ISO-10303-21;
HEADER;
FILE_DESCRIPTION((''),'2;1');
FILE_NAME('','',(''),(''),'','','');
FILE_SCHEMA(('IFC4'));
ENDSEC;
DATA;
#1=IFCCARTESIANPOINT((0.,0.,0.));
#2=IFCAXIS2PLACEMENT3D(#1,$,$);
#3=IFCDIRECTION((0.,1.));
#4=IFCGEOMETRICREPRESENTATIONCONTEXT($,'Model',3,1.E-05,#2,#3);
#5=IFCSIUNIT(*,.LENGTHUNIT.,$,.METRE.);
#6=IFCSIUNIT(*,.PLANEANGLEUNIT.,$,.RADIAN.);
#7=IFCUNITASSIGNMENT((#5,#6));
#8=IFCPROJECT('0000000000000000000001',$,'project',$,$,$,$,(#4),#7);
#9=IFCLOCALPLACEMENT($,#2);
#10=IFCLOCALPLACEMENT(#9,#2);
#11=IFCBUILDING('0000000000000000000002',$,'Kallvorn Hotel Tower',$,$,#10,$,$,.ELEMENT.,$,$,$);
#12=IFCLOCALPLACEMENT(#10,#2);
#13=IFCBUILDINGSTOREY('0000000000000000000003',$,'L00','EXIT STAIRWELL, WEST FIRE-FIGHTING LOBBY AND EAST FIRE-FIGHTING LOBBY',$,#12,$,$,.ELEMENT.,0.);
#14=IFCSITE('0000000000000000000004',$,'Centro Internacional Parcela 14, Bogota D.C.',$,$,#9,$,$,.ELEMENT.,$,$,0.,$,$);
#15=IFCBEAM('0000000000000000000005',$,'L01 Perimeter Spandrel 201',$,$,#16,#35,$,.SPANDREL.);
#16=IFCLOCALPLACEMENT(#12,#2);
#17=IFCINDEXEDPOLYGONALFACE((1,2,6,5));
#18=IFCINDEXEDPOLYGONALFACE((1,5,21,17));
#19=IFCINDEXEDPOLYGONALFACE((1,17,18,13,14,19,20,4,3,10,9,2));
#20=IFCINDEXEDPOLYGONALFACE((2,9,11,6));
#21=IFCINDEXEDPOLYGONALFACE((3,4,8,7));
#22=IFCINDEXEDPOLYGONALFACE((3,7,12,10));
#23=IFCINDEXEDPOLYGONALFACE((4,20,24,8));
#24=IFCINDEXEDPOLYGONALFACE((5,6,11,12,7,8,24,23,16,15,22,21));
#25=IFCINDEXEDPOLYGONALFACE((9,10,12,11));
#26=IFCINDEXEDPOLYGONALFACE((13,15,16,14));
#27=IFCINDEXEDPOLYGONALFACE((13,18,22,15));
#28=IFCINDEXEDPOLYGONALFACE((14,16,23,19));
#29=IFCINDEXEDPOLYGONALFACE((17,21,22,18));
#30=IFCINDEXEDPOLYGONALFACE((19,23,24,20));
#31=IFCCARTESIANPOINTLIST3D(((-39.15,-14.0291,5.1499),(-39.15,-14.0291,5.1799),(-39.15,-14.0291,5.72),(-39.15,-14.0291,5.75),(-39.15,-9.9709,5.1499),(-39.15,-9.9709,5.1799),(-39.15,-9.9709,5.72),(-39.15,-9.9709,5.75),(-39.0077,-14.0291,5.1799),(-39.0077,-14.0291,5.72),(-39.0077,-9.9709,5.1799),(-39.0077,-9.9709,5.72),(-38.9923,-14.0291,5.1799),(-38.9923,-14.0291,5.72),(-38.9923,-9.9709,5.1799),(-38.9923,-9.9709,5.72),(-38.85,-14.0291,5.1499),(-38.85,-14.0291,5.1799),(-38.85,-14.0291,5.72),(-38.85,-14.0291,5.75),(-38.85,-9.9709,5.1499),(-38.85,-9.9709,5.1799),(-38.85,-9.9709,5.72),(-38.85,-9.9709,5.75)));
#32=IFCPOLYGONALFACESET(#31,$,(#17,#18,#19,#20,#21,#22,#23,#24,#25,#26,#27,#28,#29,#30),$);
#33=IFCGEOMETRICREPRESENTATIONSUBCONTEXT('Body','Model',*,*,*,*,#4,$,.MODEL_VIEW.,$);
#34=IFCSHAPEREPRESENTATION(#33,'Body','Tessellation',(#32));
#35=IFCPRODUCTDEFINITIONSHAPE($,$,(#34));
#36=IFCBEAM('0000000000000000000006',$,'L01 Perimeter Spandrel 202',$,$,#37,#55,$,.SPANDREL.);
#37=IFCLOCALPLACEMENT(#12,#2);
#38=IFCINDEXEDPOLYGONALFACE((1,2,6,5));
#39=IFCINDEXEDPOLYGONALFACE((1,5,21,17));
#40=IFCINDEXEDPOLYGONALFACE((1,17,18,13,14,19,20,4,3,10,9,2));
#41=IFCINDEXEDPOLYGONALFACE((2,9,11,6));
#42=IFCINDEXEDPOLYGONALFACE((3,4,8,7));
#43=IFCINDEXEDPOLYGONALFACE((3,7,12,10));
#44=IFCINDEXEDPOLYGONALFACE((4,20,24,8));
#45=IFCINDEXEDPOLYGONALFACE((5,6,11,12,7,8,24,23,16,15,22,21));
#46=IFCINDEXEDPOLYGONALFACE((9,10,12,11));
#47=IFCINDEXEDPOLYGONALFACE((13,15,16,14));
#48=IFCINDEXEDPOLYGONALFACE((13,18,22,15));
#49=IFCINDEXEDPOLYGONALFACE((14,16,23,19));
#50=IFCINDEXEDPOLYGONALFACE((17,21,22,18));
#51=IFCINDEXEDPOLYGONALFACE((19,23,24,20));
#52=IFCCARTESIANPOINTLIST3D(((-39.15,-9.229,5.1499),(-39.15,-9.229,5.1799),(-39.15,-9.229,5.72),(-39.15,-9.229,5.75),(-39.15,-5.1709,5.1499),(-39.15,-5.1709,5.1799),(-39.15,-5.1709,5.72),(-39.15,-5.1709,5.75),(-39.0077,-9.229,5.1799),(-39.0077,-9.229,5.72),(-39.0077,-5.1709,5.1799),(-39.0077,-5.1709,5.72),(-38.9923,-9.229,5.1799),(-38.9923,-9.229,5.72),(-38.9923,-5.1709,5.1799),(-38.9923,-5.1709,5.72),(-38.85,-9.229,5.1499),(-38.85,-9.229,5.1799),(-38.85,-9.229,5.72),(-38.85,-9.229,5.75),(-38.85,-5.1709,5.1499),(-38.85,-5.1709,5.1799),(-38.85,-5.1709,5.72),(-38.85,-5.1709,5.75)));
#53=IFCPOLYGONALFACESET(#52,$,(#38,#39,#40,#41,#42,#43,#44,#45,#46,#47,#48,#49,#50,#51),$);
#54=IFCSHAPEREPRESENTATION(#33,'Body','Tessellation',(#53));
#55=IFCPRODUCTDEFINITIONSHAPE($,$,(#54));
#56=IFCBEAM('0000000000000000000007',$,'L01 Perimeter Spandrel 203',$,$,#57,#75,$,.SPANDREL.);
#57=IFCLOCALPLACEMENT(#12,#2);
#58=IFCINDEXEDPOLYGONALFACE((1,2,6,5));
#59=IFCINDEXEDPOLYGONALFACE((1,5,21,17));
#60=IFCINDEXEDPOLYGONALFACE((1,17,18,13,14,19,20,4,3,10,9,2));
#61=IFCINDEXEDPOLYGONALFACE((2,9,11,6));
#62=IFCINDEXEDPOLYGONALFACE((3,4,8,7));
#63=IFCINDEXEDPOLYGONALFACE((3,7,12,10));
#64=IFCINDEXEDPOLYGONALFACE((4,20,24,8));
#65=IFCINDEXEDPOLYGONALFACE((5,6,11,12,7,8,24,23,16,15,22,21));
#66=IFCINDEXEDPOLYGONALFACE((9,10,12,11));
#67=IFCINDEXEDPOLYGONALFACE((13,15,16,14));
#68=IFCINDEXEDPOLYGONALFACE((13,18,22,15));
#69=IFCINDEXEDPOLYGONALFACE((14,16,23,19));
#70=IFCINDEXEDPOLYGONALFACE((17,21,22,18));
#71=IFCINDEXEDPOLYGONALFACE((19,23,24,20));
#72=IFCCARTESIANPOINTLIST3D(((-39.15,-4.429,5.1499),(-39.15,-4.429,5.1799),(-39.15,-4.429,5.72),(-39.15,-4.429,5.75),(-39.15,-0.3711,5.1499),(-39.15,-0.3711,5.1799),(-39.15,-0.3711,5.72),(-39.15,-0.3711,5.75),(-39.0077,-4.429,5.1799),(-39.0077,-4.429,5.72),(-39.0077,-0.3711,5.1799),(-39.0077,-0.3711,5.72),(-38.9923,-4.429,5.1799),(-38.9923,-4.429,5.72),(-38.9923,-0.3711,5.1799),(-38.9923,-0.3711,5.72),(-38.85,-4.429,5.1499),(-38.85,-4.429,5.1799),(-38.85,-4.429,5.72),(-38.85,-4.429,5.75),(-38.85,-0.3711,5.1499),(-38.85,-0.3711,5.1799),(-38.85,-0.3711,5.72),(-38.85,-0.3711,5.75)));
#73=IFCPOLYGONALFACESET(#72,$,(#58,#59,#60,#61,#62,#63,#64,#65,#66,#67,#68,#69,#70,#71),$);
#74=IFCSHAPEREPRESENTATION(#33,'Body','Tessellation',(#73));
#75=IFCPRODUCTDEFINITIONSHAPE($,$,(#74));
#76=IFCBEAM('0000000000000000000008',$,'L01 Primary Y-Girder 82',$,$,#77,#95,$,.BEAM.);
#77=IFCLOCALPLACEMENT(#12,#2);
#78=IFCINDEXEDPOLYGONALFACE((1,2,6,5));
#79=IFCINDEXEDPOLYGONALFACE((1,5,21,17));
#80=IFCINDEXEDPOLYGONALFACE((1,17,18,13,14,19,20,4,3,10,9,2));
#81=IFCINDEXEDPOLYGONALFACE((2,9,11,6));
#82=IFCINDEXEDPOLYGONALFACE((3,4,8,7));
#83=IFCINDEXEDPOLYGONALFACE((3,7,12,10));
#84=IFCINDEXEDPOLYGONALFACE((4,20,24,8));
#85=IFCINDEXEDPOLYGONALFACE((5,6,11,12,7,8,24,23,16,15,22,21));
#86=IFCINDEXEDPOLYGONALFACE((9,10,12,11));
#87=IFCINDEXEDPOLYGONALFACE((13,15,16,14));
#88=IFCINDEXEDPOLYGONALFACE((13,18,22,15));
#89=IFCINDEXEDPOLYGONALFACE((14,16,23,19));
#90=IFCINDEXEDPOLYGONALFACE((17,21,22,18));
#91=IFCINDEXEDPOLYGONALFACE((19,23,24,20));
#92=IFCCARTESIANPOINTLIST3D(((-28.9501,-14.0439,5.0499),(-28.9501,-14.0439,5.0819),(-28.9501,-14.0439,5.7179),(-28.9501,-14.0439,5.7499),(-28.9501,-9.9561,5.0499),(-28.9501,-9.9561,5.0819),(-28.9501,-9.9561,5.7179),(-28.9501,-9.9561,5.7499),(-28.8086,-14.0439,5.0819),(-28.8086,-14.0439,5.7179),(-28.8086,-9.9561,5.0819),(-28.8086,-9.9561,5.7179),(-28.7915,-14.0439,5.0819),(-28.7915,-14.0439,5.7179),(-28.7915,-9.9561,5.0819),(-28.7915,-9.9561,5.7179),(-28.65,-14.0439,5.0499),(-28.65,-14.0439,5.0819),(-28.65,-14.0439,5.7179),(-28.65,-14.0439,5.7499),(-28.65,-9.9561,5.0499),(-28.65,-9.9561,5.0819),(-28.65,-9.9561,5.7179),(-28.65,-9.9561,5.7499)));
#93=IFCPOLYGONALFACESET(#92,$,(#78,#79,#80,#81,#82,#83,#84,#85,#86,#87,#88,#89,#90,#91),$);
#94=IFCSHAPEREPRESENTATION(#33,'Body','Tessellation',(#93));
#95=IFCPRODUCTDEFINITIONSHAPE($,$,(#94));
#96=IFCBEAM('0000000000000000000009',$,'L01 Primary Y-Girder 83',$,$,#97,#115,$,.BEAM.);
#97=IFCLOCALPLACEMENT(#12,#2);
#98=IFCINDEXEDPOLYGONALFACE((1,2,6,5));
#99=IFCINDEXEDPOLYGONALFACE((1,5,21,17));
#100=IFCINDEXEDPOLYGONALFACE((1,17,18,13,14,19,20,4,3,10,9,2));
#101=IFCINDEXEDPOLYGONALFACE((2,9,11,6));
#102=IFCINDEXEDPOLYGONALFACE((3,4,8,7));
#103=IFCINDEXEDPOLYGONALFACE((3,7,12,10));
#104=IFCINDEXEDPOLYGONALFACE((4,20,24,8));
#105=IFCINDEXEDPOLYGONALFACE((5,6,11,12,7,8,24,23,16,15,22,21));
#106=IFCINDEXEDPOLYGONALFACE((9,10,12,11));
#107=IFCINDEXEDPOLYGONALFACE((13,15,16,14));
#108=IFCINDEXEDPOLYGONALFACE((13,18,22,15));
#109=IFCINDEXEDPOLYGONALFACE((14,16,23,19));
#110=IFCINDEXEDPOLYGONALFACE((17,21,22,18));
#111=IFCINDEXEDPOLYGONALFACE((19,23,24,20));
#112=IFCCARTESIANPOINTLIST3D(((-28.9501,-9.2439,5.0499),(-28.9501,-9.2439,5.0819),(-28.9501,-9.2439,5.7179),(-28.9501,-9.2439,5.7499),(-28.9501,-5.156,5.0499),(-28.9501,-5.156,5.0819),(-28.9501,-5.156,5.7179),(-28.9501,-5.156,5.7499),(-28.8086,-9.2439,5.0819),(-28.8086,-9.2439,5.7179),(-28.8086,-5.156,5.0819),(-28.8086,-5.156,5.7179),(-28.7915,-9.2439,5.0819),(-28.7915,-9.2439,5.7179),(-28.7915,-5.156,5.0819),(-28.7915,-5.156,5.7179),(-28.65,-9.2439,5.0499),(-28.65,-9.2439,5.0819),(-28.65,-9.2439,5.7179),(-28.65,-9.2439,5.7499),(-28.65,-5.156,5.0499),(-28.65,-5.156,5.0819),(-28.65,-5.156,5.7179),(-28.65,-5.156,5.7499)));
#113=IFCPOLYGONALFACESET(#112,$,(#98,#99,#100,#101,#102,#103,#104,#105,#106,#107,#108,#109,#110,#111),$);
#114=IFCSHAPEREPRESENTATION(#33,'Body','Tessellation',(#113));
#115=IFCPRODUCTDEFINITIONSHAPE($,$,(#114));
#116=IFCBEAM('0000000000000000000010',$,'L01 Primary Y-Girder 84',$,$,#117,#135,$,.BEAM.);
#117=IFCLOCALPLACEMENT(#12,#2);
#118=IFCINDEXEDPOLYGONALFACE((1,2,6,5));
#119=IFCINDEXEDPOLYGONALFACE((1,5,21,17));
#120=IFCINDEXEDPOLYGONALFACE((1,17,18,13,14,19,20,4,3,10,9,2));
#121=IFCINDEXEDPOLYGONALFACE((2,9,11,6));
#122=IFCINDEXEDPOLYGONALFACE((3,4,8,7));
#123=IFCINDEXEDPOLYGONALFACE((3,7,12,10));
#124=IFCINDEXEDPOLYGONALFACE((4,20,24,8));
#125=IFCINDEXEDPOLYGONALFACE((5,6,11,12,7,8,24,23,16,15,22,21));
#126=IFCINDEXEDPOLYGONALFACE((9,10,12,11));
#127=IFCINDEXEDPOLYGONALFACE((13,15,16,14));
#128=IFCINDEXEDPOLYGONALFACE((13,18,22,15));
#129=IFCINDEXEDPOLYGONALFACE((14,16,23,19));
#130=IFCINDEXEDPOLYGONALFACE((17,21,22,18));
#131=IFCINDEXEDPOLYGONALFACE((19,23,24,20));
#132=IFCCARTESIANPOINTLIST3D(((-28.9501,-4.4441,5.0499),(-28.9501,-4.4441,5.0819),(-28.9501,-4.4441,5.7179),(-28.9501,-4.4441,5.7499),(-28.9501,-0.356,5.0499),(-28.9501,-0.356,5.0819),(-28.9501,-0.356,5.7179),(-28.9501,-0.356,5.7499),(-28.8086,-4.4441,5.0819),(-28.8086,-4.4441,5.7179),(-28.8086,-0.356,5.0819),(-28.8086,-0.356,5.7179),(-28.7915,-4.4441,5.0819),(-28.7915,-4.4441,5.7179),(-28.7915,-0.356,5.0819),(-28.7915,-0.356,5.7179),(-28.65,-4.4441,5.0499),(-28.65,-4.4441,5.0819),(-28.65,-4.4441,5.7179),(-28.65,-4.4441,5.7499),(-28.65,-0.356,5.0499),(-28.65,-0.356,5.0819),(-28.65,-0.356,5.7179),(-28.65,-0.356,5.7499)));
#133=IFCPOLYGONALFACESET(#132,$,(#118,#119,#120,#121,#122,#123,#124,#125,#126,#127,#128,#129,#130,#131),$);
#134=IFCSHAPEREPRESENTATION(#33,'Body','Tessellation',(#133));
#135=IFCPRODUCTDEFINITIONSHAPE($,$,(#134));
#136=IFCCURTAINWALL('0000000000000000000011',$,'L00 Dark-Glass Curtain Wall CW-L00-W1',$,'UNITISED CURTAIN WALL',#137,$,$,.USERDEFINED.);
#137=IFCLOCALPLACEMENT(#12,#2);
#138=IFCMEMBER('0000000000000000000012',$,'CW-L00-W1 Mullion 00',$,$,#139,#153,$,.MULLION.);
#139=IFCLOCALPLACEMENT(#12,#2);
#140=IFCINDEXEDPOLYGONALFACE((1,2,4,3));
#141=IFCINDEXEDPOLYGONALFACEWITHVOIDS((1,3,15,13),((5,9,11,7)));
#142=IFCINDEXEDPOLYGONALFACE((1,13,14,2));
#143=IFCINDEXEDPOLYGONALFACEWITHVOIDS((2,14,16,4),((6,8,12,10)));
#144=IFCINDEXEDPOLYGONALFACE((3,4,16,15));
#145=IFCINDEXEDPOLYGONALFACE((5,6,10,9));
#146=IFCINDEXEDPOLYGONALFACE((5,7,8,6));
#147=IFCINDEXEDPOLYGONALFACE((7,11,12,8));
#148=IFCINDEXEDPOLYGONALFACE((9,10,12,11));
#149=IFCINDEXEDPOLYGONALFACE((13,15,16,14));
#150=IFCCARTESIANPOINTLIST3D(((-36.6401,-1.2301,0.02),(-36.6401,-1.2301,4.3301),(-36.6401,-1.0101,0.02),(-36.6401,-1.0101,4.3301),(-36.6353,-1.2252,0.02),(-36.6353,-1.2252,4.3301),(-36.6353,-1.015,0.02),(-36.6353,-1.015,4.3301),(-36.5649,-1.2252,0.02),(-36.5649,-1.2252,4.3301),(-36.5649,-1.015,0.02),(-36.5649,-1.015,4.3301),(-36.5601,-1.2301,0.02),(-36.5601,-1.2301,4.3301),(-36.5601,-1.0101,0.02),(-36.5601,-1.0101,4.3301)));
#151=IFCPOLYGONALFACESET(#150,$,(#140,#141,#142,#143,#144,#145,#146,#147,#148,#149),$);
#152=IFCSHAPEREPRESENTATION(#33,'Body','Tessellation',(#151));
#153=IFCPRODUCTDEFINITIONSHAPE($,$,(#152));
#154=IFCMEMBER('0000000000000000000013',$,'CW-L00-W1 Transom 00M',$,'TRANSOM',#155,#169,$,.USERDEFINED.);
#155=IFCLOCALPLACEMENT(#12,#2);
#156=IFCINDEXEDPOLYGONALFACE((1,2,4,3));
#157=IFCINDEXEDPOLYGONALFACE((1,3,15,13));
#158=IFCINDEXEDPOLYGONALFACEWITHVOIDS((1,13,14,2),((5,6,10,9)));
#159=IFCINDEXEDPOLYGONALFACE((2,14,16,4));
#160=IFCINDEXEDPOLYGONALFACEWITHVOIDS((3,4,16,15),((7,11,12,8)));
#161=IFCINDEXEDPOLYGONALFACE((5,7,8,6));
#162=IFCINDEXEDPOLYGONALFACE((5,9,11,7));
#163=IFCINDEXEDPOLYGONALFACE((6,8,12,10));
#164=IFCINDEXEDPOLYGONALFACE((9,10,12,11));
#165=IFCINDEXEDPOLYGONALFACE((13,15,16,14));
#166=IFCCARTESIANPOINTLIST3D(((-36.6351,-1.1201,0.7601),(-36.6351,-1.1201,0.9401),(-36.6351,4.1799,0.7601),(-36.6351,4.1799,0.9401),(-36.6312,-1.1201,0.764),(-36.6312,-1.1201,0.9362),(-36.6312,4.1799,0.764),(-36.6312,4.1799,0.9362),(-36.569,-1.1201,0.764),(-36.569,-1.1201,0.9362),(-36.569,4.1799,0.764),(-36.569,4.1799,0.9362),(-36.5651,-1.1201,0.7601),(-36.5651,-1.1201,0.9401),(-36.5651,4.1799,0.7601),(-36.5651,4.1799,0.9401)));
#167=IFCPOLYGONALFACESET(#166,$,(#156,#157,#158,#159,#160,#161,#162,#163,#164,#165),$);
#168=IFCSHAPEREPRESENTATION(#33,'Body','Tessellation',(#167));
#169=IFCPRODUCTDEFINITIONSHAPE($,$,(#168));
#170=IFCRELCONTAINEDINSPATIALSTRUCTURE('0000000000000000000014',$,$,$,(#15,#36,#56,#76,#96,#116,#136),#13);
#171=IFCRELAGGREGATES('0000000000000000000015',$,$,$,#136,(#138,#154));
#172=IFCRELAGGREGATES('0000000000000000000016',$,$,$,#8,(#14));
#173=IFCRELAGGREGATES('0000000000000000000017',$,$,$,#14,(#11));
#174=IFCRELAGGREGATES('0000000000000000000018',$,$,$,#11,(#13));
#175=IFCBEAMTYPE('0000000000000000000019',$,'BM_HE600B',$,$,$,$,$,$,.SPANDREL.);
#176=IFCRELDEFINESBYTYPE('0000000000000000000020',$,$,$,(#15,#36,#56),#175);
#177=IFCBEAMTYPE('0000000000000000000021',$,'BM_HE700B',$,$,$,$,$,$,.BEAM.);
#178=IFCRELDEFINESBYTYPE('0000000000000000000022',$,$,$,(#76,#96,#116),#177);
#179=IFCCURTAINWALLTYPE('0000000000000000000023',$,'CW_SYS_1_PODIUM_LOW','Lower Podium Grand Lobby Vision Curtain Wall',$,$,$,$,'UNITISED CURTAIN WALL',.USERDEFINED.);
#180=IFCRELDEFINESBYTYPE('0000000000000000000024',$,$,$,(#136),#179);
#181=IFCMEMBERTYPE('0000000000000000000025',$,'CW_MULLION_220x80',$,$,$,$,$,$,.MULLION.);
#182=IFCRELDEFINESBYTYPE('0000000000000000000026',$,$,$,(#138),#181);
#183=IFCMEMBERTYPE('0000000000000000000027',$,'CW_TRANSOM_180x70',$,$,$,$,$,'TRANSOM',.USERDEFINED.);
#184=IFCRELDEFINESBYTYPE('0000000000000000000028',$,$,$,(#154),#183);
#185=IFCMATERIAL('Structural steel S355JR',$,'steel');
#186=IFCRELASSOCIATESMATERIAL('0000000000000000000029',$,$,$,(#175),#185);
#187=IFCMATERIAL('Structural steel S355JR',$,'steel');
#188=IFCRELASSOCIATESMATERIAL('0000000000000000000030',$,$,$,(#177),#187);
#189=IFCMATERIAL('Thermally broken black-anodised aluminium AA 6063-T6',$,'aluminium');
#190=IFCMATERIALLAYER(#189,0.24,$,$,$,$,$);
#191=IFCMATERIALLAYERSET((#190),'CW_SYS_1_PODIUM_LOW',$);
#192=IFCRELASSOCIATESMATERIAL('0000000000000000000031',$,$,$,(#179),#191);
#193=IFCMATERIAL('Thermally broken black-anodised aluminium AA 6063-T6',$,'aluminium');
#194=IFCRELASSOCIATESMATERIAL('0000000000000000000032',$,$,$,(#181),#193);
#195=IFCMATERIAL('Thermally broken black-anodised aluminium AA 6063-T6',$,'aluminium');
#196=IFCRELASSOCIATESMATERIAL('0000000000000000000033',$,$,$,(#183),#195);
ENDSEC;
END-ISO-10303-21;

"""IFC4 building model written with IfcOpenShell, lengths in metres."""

from ifc_helpers import new_model, si_unit, direction, frame, origin, origin_2d, place, context, subcontext, project, spatial, hollow_rectangle, i_section, extrude, material, layer, layer_set, material_profile, profile_set, type_object, element, aggregate, save


model = new_model("IFC4")

# Units and contexts
model_context = context("Model", 3, precision=1e-05, world=origin(), true_north=direction((0.0, 1.0)))
body_context = subcontext(model_context, "Body", "Model", "MODEL_VIEW")
ifc_project = project(units=[si_unit("LENGTHUNIT", "METRE"), si_unit("PLANEANGLEUNIT", "RADIAN")], contexts=[model_context])

# Site, building, storey
site_placement = place(None, origin())
site = spatial("IfcSite", under=ifc_project, at=site_placement, Name="Centro Internacional Parcela 14, Bogota D.C.", CompositionType="ELEMENT", RefElevation=0.0)
building_placement = place(site_placement, origin())
building = spatial("IfcBuilding", under=site, at=building_placement, Name="Kallvorn Hotel Tower", CompositionType="ELEMENT")
storey_placement = place(building_placement, origin())
storey = spatial("IfcBuildingStorey", under=building, at=storey_placement, Name="L00", Description="EXIT STAIRWELL, WEST FIRE-FIGHTING LOBBY AND EAST FIRE-FIGHTING LOBBY", CompositionType="ELEMENT", Elevation=0.0)

# Beams
ifc_material_1 = material(Name="Structural steel S355JR", Category="steel")
ifc_material_profile_1 = material_profile(ifc_material_1, i_section(OverallWidth=0.3, OverallDepth=0.6001, WebThickness=0.0154, FlangeThickness=0.03, at=origin_2d()), Name="HE 600 B")
ifc_profile_set_1 = profile_set([ifc_material_profile_1], Name="Structural steel S355JR")
beam_type_1 = type_object("IfcBeamType", Name="BM_HE600B", PredefinedType="SPANDREL", material=ifc_profile_set_1)
for number, where, z_axis, x_axis, name in (
    (1, (-39.0, -14.0291, 5.45), (0.0, 1.0, 0.0), (-1.0, 0.0, 0.0), "L01 Perimeter Spandrel 201"),
    (2, (-39.0, -9.229, 5.45), (0.0, 1.0, 0.0), (-1.0, 0.0, 0.0), "L01 Perimeter Spandrel 202"),
):
    element("IfcBeam", number, at=place(storey_placement, frame(where, z_axis=z_axis, x_axis=x_axis)), inside=storey, type_object=beam_type_1, Name=name, PredefinedType="SPANDREL", context=body_context, shape_type="SweptSolid", body=[
        extrude(i_section(OverallWidth=0.3, OverallDepth=0.6001, WebThickness=0.0154, FlangeThickness=0.03, at=origin_2d()), origin(), (0.0, 0.0, 1.0), 4.0581),
    ])
beam_1_placement = place(storey_placement, frame((-39.0, -4.429, 5.45), z_axis=(0.0, 1.0, 0.0), x_axis=(-1.0, 0.0, 0.0)))
element("IfcBeam", 3, at=beam_1_placement, inside=storey, type_object=beam_type_1, Name="L01 Perimeter Spandrel 203", PredefinedType="SPANDREL", context=body_context, shape_type="SweptSolid", body=[
    extrude(i_section(OverallWidth=0.3, OverallDepth=0.6001, WebThickness=0.0154, FlangeThickness=0.03, at=origin_2d()), origin(), (0.0, 0.0, 1.0), 4.0579),
])
ifc_material_2 = material(Name="Structural steel S355JR", Category="steel")
ifc_material_profile_2 = material_profile(ifc_material_2, i_section(OverallWidth=0.3, OverallDepth=0.7, WebThickness=0.0171, FlangeThickness=0.032, at=origin_2d()), Name="HE 700 B")
ifc_profile_set_2 = profile_set([ifc_material_profile_2], Name="Structural steel S355JR")
beam_type_2 = type_object("IfcBeamType", Name="BM_HE700B", PredefinedType="BEAM", material=ifc_profile_set_2)
for number, where, z_axis, x_axis, name in (
    (4, (-28.8, -14.0439, 5.3999), (0.0, 1.0, 0.0), (-1.0, 0.0, 0.0), "L01 Primary Y-Girder 82"),
    (5, (-28.8, -9.2439, 5.3999), (0.0, 1.0, 0.0), (-1.0, 0.0, 0.0), "L01 Primary Y-Girder 83"),
):
    element("IfcBeam", number, at=place(storey_placement, frame(where, z_axis=z_axis, x_axis=x_axis)), inside=storey, type_object=beam_type_2, Name=name, PredefinedType="BEAM", context=body_context, shape_type="SweptSolid", body=[
        extrude(i_section(OverallWidth=0.3, OverallDepth=0.7, WebThickness=0.0171, FlangeThickness=0.032, at=origin_2d()), origin(), (0.0, 0.0, 1.0), 4.0879),
    ])
beam_2_placement = place(storey_placement, frame((-28.8, -4.4441, 5.3999), z_axis=(0.0, 1.0, 0.0), x_axis=(-1.0, 0.0, 0.0)))
element("IfcBeam", 6, at=beam_2_placement, inside=storey, type_object=beam_type_2, Name="L01 Primary Y-Girder 84", PredefinedType="BEAM", context=body_context, shape_type="SweptSolid", body=[
    extrude(i_section(OverallWidth=0.3, OverallDepth=0.7, WebThickness=0.0171, FlangeThickness=0.032, at=origin_2d()), origin(), (0.0, 0.0, 1.0), 4.0881),
])

# Curtain wall, members
ifc_material_3 = material(Name="Thermally broken black-anodised aluminium AA 6063-T6", Category="aluminium")
ifc_layer_1 = layer(ifc_material_3, 0.24)
ifc_layer_set_1 = layer_set([ifc_layer_1], Name="CW_SYS_1_PODIUM_LOW")
curtain_wall_type = type_object("IfcCurtainWallType", Name="CW_SYS_1_PODIUM_LOW", Description="Lower Podium Grand Lobby Vision Curtain Wall", ElementType="UNITISED CURTAIN WALL", PredefinedType="USERDEFINED", material=ifc_layer_set_1)
curtain_wall_placement = place(storey_placement, origin())
curtain_wall = element("IfcCurtainWall", 7, at=curtain_wall_placement, inside=storey, type_object=curtain_wall_type, Name="L00 Dark-Glass Curtain Wall CW-L00-W1", ObjectType="UNITISED CURTAIN WALL", PredefinedType="USERDEFINED")
ifc_material_4 = material(Name="Thermally broken black-anodised aluminium AA 6063-T6", Category="aluminium")
ifc_material_profile_3 = material_profile(ifc_material_4, hollow_rectangle(XDim=0.0801, YDim=0.22, WallThickness=0.0049, at=origin_2d()), Name="MUL 220x80")
ifc_profile_set_3 = profile_set([ifc_material_profile_3], Name="Thermally broken black-anodised aluminium AA 6063-T6")
member_type_1 = type_object("IfcMemberType", Name="CW_MULLION_220x80", PredefinedType="MULLION", material=ifc_profile_set_3)
member_1_placement = place(storey_placement, frame((-36.6001, -1.1201, 0.02), z_axis=(0.0, 0.0, 1.0), x_axis=(1.0, 0.0, 0.0)))
member_1 = element("IfcMember", 8, at=member_1_placement, type_object=member_type_1, Name="CW-L00-W1 Mullion 00", PredefinedType="MULLION", context=body_context, shape_type="SweptSolid", body=[
    extrude(hollow_rectangle(XDim=0.0801, YDim=0.22, WallThickness=0.0049, at=origin_2d()), origin(), (0.0, 0.0, 1.0), 4.3101),
])
ifc_material_5 = material(Name="Thermally broken black-anodised aluminium AA 6063-T6", Category="aluminium")
ifc_material_profile_4 = material_profile(ifc_material_5, hollow_rectangle(XDim=0.0701, YDim=0.1799, WallThickness=0.0039, at=origin_2d()), Name="TRN 180x70")
ifc_profile_set_4 = profile_set([ifc_material_profile_4], Name="Thermally broken black-anodised aluminium AA 6063-T6")
member_type_2 = type_object("IfcMemberType", Name="CW_TRANSOM_180x70", ElementType="TRANSOM", PredefinedType="USERDEFINED", material=ifc_profile_set_4)
member_2_placement = place(storey_placement, frame((-36.6001, -1.1201, 0.8501), z_axis=(0.0, 1.0, 0.0), x_axis=(-1.0, 0.0, 0.0)))
member_2 = element("IfcMember", 9, at=member_2_placement, type_object=member_type_2, Name="CW-L00-W1 Transom 00M", ObjectType="TRANSOM", PredefinedType="USERDEFINED", context=body_context, shape_type="SweptSolid", body=[
    extrude(hollow_rectangle(XDim=0.0701, YDim=0.1799, WallThickness=0.0039, at=origin_2d()), origin(), (0.0, 0.0, 1.0), 5.3),
])
aggregate(curtain_wall, [member_1, member_2])

save(model, "model.ifc")
